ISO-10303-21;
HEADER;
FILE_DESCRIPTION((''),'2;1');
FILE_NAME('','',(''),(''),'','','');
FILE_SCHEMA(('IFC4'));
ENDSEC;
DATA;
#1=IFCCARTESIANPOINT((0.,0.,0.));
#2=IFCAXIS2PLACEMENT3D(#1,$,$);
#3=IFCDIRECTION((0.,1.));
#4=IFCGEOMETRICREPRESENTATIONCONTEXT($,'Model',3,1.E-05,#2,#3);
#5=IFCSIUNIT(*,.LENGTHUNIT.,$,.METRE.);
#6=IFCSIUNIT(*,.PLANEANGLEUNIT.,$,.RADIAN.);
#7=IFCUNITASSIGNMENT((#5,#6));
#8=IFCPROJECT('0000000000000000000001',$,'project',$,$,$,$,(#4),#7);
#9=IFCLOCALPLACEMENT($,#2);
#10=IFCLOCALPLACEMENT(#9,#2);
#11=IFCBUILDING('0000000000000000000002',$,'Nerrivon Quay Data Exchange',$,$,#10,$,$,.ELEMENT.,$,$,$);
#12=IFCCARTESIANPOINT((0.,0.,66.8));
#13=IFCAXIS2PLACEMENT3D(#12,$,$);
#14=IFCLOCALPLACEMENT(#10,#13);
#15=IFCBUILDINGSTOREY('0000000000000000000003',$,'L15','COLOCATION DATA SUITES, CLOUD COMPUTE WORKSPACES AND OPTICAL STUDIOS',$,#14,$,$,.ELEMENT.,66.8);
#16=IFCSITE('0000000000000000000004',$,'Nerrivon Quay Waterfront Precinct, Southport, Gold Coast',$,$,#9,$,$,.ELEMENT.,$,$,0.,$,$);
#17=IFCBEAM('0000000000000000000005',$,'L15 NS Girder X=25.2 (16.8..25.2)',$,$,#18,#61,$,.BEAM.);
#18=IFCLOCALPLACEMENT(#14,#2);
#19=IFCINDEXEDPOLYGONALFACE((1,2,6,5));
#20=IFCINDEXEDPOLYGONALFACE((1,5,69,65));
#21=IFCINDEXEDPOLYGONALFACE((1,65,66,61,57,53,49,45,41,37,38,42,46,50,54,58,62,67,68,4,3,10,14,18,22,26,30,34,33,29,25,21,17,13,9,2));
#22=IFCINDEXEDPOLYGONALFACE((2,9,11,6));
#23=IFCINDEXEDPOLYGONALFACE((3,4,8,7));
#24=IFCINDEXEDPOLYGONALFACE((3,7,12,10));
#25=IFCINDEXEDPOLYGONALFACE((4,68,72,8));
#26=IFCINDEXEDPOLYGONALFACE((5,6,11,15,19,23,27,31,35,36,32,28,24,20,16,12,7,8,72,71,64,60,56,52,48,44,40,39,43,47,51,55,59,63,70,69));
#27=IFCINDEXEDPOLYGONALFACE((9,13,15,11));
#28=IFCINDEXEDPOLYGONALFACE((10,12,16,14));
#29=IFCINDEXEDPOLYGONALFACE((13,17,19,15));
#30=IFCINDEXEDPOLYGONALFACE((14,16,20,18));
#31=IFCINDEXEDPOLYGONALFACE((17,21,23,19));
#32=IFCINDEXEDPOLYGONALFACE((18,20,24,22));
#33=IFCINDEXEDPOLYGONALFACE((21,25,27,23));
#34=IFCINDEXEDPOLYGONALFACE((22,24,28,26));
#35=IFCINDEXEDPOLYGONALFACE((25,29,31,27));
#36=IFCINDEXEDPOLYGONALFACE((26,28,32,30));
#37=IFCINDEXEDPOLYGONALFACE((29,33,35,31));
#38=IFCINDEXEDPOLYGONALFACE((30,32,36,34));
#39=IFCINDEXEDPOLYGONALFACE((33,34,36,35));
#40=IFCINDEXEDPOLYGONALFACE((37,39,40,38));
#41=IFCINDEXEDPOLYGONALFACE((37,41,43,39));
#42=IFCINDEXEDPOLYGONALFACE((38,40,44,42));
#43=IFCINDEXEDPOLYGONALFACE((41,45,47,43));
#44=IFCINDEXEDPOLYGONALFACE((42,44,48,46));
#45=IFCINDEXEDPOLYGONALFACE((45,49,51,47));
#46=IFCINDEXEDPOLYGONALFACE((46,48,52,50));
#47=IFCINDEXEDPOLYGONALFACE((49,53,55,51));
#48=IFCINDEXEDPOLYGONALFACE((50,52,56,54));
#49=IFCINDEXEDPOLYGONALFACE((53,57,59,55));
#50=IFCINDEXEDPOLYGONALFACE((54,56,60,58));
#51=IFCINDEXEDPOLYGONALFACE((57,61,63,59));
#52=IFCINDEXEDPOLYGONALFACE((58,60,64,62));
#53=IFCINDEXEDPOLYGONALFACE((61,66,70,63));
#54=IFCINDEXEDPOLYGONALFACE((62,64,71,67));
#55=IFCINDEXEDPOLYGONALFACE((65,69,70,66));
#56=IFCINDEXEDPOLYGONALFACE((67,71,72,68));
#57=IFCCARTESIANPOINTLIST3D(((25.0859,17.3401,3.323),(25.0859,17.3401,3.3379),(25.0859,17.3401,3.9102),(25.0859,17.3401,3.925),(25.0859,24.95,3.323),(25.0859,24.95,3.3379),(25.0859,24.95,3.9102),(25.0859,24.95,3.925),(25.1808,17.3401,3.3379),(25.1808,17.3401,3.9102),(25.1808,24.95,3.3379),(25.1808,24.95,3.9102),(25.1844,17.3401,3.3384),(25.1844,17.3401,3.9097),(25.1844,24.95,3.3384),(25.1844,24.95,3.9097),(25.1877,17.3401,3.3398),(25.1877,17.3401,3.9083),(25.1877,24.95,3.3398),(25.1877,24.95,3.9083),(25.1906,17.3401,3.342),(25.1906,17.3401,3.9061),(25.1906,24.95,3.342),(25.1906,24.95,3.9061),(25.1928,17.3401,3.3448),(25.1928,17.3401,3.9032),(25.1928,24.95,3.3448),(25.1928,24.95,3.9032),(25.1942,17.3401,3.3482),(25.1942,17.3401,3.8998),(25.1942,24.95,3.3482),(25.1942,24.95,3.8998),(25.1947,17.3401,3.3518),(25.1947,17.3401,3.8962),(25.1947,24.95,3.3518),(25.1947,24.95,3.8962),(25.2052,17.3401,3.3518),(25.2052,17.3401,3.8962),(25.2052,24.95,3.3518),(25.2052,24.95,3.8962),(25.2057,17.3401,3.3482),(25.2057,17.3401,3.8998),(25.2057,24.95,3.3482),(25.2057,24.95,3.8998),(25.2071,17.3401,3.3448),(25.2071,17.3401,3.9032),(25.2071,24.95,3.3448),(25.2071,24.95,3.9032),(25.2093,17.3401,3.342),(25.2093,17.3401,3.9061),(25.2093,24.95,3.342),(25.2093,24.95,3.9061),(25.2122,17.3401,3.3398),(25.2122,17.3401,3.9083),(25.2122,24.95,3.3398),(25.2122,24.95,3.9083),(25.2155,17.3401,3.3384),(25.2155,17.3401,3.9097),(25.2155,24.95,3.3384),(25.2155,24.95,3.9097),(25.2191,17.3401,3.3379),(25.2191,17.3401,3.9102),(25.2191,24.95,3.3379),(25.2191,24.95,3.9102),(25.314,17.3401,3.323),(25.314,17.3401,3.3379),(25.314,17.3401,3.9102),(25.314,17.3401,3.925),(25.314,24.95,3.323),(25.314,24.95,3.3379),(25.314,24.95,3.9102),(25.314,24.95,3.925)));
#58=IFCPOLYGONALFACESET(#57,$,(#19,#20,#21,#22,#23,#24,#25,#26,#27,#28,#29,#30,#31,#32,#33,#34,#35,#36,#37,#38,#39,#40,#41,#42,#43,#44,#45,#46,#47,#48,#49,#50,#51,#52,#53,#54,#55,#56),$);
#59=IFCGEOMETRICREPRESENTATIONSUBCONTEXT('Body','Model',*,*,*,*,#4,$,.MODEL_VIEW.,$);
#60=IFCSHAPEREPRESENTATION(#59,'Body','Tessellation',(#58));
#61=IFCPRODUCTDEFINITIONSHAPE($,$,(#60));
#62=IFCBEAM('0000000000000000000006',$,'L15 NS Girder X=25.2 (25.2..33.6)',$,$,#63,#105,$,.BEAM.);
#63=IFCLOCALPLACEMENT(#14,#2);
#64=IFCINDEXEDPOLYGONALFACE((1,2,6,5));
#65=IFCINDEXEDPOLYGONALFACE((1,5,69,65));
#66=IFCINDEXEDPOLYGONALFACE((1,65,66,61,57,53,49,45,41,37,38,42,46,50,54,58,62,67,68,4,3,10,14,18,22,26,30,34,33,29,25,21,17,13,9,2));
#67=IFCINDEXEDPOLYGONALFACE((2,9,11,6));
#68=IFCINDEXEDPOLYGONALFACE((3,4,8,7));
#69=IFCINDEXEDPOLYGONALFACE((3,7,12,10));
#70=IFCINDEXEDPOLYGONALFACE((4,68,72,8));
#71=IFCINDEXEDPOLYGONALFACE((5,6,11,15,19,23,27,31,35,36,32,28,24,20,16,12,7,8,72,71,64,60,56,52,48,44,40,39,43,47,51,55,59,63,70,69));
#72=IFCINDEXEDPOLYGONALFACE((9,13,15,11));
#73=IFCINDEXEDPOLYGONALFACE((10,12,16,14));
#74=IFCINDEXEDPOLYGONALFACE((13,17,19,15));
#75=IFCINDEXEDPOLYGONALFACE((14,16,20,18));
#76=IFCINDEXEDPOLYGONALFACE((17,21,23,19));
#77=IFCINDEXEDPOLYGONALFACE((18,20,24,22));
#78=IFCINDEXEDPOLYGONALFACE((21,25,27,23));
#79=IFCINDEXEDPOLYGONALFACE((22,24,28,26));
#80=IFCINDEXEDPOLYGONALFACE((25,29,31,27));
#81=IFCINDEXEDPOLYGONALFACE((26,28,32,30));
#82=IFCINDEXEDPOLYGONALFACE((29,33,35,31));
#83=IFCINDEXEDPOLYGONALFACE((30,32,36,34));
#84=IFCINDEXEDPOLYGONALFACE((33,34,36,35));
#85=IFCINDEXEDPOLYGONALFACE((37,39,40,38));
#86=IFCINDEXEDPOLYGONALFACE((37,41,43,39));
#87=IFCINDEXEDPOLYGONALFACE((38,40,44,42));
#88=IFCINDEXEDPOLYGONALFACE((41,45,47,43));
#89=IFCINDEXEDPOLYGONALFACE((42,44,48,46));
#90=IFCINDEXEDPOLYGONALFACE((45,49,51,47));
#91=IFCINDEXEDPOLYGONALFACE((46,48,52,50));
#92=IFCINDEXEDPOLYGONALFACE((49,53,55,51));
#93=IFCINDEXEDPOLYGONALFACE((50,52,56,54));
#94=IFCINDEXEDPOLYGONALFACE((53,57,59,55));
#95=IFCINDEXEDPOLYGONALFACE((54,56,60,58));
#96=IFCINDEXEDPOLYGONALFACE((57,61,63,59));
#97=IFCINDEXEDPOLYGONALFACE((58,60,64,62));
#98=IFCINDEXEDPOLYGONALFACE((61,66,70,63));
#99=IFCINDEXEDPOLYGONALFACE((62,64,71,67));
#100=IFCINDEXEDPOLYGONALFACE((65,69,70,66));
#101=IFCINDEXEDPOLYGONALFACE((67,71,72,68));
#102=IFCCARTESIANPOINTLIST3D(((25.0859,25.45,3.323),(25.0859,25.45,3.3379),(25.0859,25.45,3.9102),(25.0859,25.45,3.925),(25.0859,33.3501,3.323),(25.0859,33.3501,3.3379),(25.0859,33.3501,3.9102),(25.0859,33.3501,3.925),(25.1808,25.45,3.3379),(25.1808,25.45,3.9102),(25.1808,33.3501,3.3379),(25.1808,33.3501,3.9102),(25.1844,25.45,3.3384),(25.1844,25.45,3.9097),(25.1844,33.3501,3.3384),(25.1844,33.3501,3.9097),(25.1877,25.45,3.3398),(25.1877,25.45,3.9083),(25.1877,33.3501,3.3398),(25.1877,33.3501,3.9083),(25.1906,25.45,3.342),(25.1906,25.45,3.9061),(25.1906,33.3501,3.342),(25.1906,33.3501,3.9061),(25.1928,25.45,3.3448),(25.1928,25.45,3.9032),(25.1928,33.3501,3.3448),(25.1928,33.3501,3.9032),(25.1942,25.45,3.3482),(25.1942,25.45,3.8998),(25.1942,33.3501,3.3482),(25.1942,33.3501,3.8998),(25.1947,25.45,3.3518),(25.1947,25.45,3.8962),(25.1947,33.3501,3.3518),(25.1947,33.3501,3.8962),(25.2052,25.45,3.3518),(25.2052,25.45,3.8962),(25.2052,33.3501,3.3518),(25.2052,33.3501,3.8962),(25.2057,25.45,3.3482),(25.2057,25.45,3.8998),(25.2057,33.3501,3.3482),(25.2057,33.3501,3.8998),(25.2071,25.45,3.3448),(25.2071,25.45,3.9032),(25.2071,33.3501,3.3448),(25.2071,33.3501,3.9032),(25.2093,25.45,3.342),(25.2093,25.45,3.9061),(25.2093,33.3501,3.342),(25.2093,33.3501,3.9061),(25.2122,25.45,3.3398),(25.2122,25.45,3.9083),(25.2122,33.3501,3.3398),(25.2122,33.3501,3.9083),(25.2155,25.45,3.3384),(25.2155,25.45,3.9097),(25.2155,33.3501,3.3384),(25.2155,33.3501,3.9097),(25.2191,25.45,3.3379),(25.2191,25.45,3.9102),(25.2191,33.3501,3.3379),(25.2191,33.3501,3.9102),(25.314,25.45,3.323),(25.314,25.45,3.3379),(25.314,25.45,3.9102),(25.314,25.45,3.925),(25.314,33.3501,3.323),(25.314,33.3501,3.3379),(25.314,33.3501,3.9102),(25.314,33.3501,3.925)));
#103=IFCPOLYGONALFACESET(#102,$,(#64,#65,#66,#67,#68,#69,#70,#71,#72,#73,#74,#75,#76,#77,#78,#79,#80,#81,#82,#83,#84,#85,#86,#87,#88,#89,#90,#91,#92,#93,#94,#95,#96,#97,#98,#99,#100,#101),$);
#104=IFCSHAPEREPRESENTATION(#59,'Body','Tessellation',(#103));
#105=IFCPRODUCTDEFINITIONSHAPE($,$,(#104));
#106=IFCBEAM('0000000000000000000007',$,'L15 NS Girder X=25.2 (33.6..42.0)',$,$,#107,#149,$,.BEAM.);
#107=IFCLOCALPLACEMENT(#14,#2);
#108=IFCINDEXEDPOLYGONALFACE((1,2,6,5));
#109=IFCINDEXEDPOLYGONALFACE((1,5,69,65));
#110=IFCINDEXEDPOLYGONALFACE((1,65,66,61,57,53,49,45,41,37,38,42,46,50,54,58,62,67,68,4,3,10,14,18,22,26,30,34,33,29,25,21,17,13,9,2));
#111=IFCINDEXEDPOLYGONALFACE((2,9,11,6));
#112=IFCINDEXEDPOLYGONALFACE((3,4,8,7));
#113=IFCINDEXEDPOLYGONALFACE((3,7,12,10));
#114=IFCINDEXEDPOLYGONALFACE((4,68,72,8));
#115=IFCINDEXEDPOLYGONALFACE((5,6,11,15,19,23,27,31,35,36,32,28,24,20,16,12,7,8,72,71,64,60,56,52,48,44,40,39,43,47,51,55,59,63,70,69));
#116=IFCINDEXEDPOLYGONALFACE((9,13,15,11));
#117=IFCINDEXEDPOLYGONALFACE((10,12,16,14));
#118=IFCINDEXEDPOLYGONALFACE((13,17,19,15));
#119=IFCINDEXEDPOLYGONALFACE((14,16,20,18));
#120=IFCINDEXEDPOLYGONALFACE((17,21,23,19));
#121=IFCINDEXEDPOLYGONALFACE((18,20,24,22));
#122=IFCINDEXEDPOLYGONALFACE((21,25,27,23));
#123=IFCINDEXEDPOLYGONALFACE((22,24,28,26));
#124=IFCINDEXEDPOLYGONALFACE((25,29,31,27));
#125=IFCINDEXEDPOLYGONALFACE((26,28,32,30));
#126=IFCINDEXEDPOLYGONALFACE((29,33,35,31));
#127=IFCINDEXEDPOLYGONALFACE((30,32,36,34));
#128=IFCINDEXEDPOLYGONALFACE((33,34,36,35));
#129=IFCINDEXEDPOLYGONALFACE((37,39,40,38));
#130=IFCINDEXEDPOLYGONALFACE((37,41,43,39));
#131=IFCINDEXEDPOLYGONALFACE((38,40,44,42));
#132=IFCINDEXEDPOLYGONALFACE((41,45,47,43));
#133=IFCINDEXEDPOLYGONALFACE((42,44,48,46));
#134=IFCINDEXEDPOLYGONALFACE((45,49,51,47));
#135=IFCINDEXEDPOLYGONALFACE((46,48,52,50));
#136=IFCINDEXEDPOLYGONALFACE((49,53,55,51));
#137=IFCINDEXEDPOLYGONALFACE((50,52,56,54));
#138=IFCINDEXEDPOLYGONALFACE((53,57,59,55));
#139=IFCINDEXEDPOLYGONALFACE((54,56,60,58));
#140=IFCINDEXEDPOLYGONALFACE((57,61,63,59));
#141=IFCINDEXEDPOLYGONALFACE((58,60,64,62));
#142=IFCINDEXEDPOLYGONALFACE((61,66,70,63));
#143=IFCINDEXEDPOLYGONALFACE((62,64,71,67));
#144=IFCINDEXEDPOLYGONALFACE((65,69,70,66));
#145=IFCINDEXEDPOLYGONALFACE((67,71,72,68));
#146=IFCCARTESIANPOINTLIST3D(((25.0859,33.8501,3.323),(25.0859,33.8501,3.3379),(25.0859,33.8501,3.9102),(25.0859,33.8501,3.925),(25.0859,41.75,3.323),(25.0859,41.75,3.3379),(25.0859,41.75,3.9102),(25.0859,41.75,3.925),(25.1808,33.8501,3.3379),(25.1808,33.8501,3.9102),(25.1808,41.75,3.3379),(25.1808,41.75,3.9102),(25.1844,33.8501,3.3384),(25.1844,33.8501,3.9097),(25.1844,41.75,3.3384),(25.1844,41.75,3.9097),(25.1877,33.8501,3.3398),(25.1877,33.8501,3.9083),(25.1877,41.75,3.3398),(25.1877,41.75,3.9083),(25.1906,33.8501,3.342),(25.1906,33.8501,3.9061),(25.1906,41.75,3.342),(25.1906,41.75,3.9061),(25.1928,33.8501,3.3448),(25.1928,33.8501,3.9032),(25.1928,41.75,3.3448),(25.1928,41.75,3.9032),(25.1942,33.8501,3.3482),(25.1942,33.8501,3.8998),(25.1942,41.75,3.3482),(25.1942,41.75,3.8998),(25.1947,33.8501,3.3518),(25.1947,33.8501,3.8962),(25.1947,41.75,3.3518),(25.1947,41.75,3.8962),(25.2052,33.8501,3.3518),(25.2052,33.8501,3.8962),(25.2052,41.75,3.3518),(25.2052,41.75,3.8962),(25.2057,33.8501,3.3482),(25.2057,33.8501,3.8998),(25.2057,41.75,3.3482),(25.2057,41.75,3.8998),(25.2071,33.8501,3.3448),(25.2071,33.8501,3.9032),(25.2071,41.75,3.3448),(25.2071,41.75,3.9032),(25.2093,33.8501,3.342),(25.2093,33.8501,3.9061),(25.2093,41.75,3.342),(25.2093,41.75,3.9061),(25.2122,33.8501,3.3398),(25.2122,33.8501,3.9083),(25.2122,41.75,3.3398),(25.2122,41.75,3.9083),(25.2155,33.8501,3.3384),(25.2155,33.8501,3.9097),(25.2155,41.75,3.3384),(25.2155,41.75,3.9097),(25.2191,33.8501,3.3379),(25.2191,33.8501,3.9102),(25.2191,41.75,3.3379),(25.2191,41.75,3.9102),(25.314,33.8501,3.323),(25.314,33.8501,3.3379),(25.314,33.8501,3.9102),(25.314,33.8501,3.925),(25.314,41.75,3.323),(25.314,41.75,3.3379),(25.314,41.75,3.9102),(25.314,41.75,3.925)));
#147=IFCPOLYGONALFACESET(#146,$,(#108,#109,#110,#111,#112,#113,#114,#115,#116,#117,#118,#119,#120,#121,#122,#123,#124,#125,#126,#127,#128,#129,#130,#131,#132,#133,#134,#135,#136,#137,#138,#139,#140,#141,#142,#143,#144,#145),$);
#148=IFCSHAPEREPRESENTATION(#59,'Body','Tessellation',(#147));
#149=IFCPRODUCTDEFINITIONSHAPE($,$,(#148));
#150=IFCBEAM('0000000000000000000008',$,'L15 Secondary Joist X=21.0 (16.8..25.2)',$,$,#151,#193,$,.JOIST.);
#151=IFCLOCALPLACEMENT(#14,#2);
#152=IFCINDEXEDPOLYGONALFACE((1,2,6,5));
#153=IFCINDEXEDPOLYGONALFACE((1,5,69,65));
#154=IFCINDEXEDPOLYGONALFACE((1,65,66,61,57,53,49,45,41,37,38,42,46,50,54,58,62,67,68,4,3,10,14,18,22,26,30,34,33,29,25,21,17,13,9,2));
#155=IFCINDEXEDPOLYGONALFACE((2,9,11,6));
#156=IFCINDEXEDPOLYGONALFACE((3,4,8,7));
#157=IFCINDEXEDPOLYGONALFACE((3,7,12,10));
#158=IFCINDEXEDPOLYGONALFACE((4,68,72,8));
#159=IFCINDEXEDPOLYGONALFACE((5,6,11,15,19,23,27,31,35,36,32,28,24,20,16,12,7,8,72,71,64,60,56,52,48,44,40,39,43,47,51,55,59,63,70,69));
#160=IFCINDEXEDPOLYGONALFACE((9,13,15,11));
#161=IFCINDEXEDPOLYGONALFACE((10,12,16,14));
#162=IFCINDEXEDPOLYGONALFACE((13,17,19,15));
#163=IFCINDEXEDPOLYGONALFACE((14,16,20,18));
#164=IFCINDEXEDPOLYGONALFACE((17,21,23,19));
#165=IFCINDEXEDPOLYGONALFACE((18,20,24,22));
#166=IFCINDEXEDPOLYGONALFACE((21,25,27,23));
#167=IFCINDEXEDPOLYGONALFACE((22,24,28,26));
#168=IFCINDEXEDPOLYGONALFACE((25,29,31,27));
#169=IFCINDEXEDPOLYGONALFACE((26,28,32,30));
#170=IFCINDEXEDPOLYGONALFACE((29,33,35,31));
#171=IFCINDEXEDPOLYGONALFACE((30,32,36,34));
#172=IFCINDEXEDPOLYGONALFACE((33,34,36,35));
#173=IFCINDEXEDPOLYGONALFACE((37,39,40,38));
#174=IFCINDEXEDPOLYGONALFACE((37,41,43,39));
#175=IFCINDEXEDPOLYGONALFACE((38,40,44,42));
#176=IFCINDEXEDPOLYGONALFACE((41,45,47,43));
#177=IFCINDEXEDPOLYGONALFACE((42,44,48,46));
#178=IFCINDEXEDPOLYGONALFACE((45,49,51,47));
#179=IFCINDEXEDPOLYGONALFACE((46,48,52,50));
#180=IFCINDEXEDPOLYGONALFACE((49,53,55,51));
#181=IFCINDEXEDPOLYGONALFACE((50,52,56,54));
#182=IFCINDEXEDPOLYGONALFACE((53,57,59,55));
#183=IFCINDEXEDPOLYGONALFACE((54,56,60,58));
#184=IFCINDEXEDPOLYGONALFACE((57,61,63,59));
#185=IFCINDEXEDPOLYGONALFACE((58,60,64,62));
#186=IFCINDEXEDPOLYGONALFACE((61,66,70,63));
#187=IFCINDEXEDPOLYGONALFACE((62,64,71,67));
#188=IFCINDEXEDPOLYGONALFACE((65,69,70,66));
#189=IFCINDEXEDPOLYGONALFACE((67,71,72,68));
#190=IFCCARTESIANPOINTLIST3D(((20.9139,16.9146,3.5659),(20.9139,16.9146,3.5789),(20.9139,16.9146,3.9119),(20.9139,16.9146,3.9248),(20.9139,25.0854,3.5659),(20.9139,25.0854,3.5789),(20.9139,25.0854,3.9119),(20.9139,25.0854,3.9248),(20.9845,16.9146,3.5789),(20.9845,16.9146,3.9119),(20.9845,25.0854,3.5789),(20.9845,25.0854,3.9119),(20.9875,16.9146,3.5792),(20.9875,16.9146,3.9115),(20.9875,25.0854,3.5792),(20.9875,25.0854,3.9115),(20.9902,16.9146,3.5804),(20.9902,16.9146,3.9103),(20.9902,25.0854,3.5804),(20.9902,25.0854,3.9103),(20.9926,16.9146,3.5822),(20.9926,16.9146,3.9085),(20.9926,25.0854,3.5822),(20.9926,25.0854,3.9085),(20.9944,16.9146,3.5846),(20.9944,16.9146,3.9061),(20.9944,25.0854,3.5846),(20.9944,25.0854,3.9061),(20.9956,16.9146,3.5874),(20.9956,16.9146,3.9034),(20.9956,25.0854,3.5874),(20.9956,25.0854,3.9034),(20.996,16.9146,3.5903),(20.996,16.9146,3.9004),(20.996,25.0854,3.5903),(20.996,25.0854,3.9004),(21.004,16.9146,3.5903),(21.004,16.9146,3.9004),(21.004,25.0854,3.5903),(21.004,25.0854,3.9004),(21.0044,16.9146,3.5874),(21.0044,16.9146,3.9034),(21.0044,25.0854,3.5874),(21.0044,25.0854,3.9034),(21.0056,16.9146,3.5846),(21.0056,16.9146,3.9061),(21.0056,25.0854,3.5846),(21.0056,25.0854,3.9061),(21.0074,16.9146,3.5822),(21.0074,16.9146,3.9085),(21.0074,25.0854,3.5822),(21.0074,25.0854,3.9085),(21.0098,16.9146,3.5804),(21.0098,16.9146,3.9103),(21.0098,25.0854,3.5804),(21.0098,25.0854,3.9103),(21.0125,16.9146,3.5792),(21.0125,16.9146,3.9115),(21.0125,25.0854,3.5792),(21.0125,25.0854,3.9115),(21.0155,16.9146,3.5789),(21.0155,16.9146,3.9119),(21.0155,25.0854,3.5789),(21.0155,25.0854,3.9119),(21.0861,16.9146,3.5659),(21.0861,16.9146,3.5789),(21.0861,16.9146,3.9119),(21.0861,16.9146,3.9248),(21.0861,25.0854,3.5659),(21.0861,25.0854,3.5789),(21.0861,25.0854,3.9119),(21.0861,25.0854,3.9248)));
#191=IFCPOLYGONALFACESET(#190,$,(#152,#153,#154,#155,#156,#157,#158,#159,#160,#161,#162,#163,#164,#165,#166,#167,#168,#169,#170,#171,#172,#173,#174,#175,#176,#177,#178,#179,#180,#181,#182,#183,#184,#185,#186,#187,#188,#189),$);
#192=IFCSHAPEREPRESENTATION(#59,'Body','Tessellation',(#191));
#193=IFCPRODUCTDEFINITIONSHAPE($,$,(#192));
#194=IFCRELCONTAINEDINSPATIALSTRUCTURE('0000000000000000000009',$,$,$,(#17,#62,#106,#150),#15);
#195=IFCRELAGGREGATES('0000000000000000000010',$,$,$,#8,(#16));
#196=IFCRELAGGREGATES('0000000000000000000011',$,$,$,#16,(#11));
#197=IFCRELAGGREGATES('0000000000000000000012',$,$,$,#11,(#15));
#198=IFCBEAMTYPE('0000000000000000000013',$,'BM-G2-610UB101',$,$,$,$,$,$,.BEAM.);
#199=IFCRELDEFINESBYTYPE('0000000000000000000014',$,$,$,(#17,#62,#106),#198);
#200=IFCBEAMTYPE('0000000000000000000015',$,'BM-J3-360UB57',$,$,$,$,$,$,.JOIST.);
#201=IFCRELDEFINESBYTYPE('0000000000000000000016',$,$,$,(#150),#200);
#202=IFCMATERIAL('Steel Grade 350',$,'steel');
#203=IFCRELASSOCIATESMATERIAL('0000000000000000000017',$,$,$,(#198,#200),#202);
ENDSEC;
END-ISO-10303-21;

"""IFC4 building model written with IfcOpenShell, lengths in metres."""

from ifc_helpers import new_model, si_unit, direction, frame, origin, origin_2d, place, context, subcontext, project, spatial, i_section, extrude, material, material_profile, profile_set, type_object, element, save


model = new_model("IFC4")

# Units and contexts
model_context = context("Model", 3, precision=1e-05, world=origin(), true_north=direction((0.0, 1.0)))
body_context = subcontext(model_context, "Body", "Model", "MODEL_VIEW")
ifc_project = project(units=[si_unit("LENGTHUNIT", "METRE"), si_unit("PLANEANGLEUNIT", "RADIAN")], contexts=[model_context])

# Site, building, storey
site_placement = place(None, origin())
site = spatial("IfcSite", under=ifc_project, at=site_placement, Name="Nerrivon Quay Waterfront Precinct, Southport, Gold Coast", CompositionType="ELEMENT", RefElevation=0.0)
building_placement = place(site_placement, origin())
building = spatial("IfcBuilding", under=site, at=building_placement, Name="Nerrivon Quay Data Exchange", CompositionType="ELEMENT")
storey_placement = place(building_placement, frame((0.0, 0.0, 66.8)))
storey = spatial("IfcBuildingStorey", under=building, at=storey_placement, Name="L15", Description="COLOCATION DATA SUITES, CLOUD COMPUTE WORKSPACES AND OPTICAL STUDIOS", CompositionType="ELEMENT", Elevation=66.8)

# Shared definitions
ifc_material_1 = material(Name="Steel Grade 350", Category="steel")

# Beams
ifc_material_profile_1 = material_profile(ifc_material_1, i_section(OverallWidth=0.228, OverallDepth=0.6021, WebThickness=0.0105, FlangeThickness=0.0149, FilletRadius=0.0139, at=origin_2d()), Name="610UB101")
ifc_profile_set_1 = profile_set([ifc_material_profile_1], Name="Steel Grade 350")
beam_type_1 = type_object("IfcBeamType", Name="BM-G2-610UB101", PredefinedType="BEAM", material=ifc_profile_set_1)
beam_1_placement = place(storey_placement, frame((25.2, 17.3401, 3.624), z_axis=(0.0, 1.0, 0.0), x_axis=(-1.0, 0.0, 0.0)))
element("IfcBeam", 1, at=beam_1_placement, inside=storey, type_object=beam_type_1, Name="L15 NS Girder X=25.2 (16.8..25.2)", PredefinedType="BEAM", context=body_context, shape_type="SweptSolid", body=[
    extrude(i_section(OverallWidth=0.228, OverallDepth=0.6021, WebThickness=0.0105, FlangeThickness=0.0149, FilletRadius=0.0139, at=origin_2d()), origin(), (0.0, 0.0, 1.0), 7.6099),
])
beam_2_placement = place(storey_placement, frame((25.2, 25.45, 3.624), z_axis=(0.0, 1.0, 0.0), x_axis=(-1.0, 0.0, 0.0)))
element("IfcBeam", 2, at=beam_2_placement, inside=storey, type_object=beam_type_1, Name="L15 NS Girder X=25.2 (25.2..33.6)", PredefinedType="BEAM", context=body_context, shape_type="SweptSolid", body=[
    extrude(i_section(OverallWidth=0.228, OverallDepth=0.6021, WebThickness=0.0105, FlangeThickness=0.0149, FilletRadius=0.0139, at=origin_2d()), origin(), (0.0, 0.0, 1.0), 7.9001),
])
beam_3_placement = place(storey_placement, frame((25.2, 33.8501, 3.624), z_axis=(0.0, 1.0, 0.0), x_axis=(-1.0, 0.0, 0.0)))
element("IfcBeam", 3, at=beam_3_placement, inside=storey, type_object=beam_type_1, Name="L15 NS Girder X=25.2 (33.6..42.0)", PredefinedType="BEAM", context=body_context, shape_type="SweptSolid", body=[
    extrude(i_section(OverallWidth=0.228, OverallDepth=0.6021, WebThickness=0.0105, FlangeThickness=0.0149, FilletRadius=0.0139, at=origin_2d()), origin(), (0.0, 0.0, 1.0), 7.8999),
])
ifc_material_profile_2 = material_profile(ifc_material_1, i_section(OverallWidth=0.1721, OverallDepth=0.3589, WebThickness=0.0081, FlangeThickness=0.0129, FilletRadius=0.0115, at=origin_2d()), Name="360UB56.7")
ifc_profile_set_2 = profile_set([ifc_material_profile_2], Name="Steel Grade 350")
beam_type_2 = type_object("IfcBeamType", Name="BM-J3-360UB57", PredefinedType="JOIST", material=ifc_profile_set_2)
beam_4_placement = place(storey_placement, frame((21.0, 16.9146, 3.7454), z_axis=(0.0, 1.0, 0.0), x_axis=(-1.0, 0.0, 0.0)))
element("IfcBeam", 4, at=beam_4_placement, inside=storey, type_object=beam_type_2, Name="L15 Secondary Joist X=21.0 (16.8..25.2)", PredefinedType="JOIST", context=body_context, shape_type="SweptSolid", body=[
    extrude(i_section(OverallWidth=0.1721, OverallDepth=0.3589, WebThickness=0.0081, FlangeThickness=0.0129, FilletRadius=0.0115, at=origin_2d()), origin(), (0.0, 0.0, 1.0), 8.1709),
])

save(model, "model.ifc")
